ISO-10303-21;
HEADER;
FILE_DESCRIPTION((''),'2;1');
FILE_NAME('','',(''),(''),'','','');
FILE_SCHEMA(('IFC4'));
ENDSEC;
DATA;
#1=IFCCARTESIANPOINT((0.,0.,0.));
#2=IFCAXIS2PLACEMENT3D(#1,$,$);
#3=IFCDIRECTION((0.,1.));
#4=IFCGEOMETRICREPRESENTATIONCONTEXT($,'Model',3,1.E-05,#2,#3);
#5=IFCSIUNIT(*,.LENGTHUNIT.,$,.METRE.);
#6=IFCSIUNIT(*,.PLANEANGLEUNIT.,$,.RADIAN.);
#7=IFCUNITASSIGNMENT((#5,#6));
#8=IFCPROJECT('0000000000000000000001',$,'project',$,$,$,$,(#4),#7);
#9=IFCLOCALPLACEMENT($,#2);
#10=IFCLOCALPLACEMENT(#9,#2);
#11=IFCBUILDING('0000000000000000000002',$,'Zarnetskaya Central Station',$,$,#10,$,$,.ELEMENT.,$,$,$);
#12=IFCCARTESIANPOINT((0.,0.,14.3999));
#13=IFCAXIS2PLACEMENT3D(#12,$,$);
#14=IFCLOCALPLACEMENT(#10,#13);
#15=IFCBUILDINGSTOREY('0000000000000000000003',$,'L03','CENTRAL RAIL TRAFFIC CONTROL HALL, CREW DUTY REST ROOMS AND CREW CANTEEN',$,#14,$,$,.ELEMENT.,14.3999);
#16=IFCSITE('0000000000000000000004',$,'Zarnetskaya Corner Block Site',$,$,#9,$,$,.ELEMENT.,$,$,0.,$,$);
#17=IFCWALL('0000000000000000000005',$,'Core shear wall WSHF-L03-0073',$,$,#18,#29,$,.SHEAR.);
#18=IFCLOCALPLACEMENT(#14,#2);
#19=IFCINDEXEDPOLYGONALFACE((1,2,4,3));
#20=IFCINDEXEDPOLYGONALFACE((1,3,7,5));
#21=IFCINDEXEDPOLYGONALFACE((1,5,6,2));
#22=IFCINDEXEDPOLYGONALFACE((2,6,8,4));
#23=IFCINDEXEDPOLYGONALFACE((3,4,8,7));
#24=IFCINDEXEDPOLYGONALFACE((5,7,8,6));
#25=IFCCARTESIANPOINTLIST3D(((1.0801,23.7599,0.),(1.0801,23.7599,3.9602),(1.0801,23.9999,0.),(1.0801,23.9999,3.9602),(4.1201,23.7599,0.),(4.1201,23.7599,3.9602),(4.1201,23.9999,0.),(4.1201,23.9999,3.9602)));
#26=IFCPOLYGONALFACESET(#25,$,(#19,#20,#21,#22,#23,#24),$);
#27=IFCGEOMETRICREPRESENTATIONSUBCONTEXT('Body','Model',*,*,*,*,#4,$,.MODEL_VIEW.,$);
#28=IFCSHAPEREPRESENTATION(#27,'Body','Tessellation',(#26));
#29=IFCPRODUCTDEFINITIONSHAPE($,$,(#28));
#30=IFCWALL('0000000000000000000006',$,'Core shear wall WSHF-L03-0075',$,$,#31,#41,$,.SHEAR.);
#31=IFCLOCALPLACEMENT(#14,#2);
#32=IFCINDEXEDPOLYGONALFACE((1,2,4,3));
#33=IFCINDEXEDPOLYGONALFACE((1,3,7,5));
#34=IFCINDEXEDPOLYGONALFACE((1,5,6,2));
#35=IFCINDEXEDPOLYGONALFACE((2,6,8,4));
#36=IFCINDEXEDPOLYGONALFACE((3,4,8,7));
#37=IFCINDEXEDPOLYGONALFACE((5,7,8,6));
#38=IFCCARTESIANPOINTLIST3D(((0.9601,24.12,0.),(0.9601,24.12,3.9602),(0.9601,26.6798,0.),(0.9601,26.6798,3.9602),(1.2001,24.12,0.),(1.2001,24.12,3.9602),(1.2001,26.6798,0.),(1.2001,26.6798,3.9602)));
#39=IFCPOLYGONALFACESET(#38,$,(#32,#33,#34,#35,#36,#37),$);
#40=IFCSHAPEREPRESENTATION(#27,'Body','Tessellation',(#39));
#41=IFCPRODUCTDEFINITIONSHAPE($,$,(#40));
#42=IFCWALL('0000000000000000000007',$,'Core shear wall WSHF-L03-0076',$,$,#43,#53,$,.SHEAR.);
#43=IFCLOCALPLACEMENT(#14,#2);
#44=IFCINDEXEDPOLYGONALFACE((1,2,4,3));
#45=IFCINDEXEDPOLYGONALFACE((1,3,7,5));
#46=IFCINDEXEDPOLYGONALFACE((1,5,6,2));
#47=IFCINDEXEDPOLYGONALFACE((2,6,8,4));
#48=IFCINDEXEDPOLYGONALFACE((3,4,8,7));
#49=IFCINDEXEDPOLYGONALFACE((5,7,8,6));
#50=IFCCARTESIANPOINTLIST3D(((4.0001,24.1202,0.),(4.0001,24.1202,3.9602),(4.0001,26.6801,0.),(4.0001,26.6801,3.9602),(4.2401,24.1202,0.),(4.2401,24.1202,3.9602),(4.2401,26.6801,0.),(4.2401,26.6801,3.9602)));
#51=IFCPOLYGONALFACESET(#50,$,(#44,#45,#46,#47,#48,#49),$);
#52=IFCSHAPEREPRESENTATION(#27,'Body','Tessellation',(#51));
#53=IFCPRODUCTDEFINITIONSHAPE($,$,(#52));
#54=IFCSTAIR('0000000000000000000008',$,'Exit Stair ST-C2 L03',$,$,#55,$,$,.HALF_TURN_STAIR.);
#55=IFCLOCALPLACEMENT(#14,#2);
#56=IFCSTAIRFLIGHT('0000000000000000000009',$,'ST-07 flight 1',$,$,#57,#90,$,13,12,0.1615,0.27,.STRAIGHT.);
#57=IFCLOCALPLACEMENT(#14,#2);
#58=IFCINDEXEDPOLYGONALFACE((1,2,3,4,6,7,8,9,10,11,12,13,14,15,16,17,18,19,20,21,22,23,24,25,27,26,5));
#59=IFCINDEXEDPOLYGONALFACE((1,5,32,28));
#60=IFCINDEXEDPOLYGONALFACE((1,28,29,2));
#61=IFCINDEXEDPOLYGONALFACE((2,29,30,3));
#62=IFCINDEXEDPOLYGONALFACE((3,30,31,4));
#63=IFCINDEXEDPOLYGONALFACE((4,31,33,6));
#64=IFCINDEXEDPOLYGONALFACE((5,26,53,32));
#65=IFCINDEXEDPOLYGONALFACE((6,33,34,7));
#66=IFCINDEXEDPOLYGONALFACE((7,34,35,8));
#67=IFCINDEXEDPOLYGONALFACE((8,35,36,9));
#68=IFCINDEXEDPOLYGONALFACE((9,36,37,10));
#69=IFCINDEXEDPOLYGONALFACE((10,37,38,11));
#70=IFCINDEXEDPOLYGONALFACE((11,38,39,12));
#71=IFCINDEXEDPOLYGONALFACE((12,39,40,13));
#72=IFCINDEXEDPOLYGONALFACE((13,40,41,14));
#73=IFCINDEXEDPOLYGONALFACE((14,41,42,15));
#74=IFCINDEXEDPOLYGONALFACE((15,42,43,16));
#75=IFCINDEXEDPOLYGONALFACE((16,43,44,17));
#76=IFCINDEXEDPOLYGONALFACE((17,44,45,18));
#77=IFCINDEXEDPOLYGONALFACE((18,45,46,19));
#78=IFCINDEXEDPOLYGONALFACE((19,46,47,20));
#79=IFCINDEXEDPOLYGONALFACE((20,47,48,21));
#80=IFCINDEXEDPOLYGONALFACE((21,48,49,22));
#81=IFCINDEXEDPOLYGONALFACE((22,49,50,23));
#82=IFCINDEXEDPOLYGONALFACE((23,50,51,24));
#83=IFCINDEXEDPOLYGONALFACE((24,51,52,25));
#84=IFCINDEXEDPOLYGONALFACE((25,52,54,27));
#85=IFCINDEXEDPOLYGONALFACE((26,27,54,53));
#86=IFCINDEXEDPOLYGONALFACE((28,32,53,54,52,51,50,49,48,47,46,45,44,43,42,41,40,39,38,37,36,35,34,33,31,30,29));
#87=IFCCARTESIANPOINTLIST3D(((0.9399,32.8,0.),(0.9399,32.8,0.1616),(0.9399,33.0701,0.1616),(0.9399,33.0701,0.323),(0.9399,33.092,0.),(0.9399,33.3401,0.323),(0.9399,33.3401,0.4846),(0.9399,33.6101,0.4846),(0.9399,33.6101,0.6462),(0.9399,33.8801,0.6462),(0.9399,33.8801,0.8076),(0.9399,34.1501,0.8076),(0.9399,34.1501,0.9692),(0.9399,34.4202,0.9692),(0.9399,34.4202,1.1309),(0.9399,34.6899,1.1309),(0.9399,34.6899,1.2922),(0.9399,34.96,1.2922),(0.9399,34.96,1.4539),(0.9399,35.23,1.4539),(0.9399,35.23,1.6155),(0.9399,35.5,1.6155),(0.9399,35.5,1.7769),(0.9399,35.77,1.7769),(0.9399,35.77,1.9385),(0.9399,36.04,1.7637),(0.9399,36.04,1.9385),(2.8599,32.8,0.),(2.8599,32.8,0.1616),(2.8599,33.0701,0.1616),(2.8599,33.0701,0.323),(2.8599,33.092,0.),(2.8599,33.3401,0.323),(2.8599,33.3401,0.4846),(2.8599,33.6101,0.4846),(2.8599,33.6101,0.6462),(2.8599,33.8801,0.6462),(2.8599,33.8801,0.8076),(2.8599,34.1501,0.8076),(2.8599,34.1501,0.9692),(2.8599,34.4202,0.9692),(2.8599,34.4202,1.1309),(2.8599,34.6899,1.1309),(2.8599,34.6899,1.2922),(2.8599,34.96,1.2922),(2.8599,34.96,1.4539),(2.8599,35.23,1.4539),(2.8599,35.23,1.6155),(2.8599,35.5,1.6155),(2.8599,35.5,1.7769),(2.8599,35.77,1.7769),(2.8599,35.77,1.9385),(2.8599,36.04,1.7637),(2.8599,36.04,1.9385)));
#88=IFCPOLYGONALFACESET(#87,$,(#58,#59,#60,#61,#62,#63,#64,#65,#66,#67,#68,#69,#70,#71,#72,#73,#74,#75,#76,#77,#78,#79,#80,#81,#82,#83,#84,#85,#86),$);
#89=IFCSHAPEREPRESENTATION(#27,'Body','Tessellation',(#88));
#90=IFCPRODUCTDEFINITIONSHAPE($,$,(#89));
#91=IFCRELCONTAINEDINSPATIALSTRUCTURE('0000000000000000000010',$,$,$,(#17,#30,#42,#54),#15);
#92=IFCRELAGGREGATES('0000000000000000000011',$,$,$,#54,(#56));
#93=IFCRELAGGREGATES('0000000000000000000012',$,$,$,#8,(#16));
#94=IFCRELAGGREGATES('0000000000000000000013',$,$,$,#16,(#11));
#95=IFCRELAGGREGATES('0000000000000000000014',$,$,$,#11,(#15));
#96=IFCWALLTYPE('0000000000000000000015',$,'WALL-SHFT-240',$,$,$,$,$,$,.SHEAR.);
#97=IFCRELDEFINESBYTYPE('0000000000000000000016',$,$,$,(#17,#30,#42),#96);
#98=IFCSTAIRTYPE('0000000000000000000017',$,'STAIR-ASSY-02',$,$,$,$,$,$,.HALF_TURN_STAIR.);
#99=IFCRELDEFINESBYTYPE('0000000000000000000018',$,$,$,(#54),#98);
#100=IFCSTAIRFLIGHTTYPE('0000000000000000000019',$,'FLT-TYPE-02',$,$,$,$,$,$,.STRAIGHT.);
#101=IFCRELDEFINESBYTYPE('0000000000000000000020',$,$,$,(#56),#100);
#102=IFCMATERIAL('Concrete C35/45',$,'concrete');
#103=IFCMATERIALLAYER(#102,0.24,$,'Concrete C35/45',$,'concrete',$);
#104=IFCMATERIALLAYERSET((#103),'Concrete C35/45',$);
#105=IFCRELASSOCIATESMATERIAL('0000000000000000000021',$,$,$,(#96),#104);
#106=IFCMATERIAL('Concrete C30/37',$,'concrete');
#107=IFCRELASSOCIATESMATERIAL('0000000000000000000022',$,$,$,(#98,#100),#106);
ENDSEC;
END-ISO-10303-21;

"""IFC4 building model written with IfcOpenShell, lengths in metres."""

from ifc_helpers import new_model, si_unit, direction, frame, frame_2d, origin, place, context, subcontext, project, spatial, polyline, rectangle, outline, extrude, material, layer, layer_set, type_object, element, aggregate, save


model = new_model("IFC4")

# Units and contexts
model_context = context("Model", 3, precision=1e-05, world=origin(), true_north=direction((0.0, 1.0)))
body_context = subcontext(model_context, "Body", "Model", "MODEL_VIEW")
ifc_project = project(units=[si_unit("LENGTHUNIT", "METRE"), si_unit("PLANEANGLEUNIT", "RADIAN")], contexts=[model_context])

# Site, building, storey
site_placement = place(None, origin())
site = spatial("IfcSite", under=ifc_project, at=site_placement, Name="Zarnetskaya Corner Block Site", CompositionType="ELEMENT", RefElevation=0.0)
building_placement = place(site_placement, origin())
building = spatial("IfcBuilding", under=site, at=building_placement, Name="Zarnetskaya Central Station", CompositionType="ELEMENT")
storey_placement = place(building_placement, frame((0.0, 0.0, 14.3999)))
storey = spatial("IfcBuildingStorey", under=building, at=storey_placement, Name="L03", Description="CENTRAL RAIL TRAFFIC CONTROL HALL, CREW DUTY REST ROOMS AND CREW CANTEEN", CompositionType="ELEMENT", Elevation=14.3999)

# Shared definitions
ifc_material_1 = material(Name="Concrete C30/37", Category="concrete")

# Shared definitions
ifc_material_2 = material(Name="Concrete C35/45", Category="concrete")

# Wall
ifc_layer_1 = layer(ifc_material_2, 0.24, Name="Concrete C35/45", Category="concrete")
ifc_layer_set_1 = layer_set([ifc_layer_1], Name="Concrete C35/45")
wall_type_1 = type_object("IfcWallType", Name="WALL-SHFT-240", PredefinedType="SHEAR", material=ifc_layer_set_1)
wall_1_placement = place(storey_placement, frame((4.1201, 23.8799, 0.0), z_axis=(0.0, 0.0, 1.0), x_axis=(-1.0, 0.0, 0.0)))
element("IfcWall", 1, at=wall_1_placement, inside=storey, type_object=wall_type_1, Name="Core shear wall WSHF-L03-0073", PredefinedType="SHEAR", context=body_context, shape_type="SweptSolid", body=[
    extrude(rectangle(XDim=3.04, YDim=0.24, at=frame_2d((1.52, 0.0))), origin(), (0.0, 0.0, 1.0), 3.9602),
])

# Walls
for number, where, z_axis, x_axis, name in (
    (2, (1.0801, 24.1201, 0.0), (0.0, 0.0, 1.0), (0.0, 1.0, 0.0), "Core shear wall WSHF-L03-0075"),
    (3, (4.1201, 26.6799, 0.0), (0.0, 0.0, 1.0), (0.0, -1.0, 0.0), "Core shear wall WSHF-L03-0076"),
):
    element("IfcWall", number, at=place(storey_placement, frame(where, z_axis=z_axis, x_axis=x_axis)), inside=storey, type_object=wall_type_1, Name=name, PredefinedType="SHEAR", context=body_context, shape_type="SweptSolid", body=[
        extrude(rectangle(XDim=2.5598, YDim=0.24, at=frame_2d((1.2798, 0.0))), origin(), (0.0, 0.0, 1.0), 3.9602),
    ])

# Stair, stair flight
stair_type = type_object("IfcStairType", Name="STAIR-ASSY-02", PredefinedType="HALF_TURN_STAIR", material=ifc_material_1)
stair_placement = place(storey_placement, origin())
stair = element("IfcStair", 4, at=stair_placement, inside=storey, type_object=stair_type, Name="Exit Stair ST-C2 L03", PredefinedType="HALF_TURN_STAIR")
stair_flight_type = type_object("IfcStairFlightType", Name="FLT-TYPE-02", PredefinedType="STRAIGHT", material=ifc_material_1)
stair_flight_placement = place(storey_placement, frame((1.8999, 32.8, 0.0), z_axis=(0.0, 0.0, 1.0), x_axis=(0.0, 1.0, 0.0)))
stair_flight = element("IfcStairFlight", 5, at=stair_flight_placement, type_object=stair_flight_type, Name="ST-07 flight 1", NumberOfRisers=13, NumberOfTreads=12, PredefinedType="STRAIGHT", RiserHeight=0.1615, TreadLength=0.27, context=body_context, shape_type="SweptSolid", body=[
    extrude(outline(polyline([(0.0, 0.0), (0.0, 0.1616), (0.27, 0.1616), (0.27, 0.323), (0.54, 0.323), (0.54, 0.4846), (0.8101, 0.4846), (0.8101, 0.6462), (1.0801, 0.6462), (1.0801, 0.8076), (1.3501, 0.8076), (1.3501, 0.9692), (1.6201, 0.9692), (1.6201, 1.1309), (1.8899, 1.1309), (1.8899, 1.2922), (2.1599, 1.2922), (2.1599, 1.4539), (2.4299, 1.4539), (2.4299, 1.6155), (2.7, 1.6155), (2.7, 1.7769), (2.97, 1.7769), (2.97, 1.9385), (3.24, 1.9385), (3.24, 2.1001), (3.24, 1.7637), (0.292, 0.0), (0.0, 0.0)])), frame((0.0, 0.96, 0.0), z_axis=(0.0, -1.0, 0.0), x_axis=(1.0, 0.0, 0.0)), (0.0, 0.0, 1.0), 1.9199),
])
aggregate(stair, [stair_flight])

save(model, "model.ifc")
